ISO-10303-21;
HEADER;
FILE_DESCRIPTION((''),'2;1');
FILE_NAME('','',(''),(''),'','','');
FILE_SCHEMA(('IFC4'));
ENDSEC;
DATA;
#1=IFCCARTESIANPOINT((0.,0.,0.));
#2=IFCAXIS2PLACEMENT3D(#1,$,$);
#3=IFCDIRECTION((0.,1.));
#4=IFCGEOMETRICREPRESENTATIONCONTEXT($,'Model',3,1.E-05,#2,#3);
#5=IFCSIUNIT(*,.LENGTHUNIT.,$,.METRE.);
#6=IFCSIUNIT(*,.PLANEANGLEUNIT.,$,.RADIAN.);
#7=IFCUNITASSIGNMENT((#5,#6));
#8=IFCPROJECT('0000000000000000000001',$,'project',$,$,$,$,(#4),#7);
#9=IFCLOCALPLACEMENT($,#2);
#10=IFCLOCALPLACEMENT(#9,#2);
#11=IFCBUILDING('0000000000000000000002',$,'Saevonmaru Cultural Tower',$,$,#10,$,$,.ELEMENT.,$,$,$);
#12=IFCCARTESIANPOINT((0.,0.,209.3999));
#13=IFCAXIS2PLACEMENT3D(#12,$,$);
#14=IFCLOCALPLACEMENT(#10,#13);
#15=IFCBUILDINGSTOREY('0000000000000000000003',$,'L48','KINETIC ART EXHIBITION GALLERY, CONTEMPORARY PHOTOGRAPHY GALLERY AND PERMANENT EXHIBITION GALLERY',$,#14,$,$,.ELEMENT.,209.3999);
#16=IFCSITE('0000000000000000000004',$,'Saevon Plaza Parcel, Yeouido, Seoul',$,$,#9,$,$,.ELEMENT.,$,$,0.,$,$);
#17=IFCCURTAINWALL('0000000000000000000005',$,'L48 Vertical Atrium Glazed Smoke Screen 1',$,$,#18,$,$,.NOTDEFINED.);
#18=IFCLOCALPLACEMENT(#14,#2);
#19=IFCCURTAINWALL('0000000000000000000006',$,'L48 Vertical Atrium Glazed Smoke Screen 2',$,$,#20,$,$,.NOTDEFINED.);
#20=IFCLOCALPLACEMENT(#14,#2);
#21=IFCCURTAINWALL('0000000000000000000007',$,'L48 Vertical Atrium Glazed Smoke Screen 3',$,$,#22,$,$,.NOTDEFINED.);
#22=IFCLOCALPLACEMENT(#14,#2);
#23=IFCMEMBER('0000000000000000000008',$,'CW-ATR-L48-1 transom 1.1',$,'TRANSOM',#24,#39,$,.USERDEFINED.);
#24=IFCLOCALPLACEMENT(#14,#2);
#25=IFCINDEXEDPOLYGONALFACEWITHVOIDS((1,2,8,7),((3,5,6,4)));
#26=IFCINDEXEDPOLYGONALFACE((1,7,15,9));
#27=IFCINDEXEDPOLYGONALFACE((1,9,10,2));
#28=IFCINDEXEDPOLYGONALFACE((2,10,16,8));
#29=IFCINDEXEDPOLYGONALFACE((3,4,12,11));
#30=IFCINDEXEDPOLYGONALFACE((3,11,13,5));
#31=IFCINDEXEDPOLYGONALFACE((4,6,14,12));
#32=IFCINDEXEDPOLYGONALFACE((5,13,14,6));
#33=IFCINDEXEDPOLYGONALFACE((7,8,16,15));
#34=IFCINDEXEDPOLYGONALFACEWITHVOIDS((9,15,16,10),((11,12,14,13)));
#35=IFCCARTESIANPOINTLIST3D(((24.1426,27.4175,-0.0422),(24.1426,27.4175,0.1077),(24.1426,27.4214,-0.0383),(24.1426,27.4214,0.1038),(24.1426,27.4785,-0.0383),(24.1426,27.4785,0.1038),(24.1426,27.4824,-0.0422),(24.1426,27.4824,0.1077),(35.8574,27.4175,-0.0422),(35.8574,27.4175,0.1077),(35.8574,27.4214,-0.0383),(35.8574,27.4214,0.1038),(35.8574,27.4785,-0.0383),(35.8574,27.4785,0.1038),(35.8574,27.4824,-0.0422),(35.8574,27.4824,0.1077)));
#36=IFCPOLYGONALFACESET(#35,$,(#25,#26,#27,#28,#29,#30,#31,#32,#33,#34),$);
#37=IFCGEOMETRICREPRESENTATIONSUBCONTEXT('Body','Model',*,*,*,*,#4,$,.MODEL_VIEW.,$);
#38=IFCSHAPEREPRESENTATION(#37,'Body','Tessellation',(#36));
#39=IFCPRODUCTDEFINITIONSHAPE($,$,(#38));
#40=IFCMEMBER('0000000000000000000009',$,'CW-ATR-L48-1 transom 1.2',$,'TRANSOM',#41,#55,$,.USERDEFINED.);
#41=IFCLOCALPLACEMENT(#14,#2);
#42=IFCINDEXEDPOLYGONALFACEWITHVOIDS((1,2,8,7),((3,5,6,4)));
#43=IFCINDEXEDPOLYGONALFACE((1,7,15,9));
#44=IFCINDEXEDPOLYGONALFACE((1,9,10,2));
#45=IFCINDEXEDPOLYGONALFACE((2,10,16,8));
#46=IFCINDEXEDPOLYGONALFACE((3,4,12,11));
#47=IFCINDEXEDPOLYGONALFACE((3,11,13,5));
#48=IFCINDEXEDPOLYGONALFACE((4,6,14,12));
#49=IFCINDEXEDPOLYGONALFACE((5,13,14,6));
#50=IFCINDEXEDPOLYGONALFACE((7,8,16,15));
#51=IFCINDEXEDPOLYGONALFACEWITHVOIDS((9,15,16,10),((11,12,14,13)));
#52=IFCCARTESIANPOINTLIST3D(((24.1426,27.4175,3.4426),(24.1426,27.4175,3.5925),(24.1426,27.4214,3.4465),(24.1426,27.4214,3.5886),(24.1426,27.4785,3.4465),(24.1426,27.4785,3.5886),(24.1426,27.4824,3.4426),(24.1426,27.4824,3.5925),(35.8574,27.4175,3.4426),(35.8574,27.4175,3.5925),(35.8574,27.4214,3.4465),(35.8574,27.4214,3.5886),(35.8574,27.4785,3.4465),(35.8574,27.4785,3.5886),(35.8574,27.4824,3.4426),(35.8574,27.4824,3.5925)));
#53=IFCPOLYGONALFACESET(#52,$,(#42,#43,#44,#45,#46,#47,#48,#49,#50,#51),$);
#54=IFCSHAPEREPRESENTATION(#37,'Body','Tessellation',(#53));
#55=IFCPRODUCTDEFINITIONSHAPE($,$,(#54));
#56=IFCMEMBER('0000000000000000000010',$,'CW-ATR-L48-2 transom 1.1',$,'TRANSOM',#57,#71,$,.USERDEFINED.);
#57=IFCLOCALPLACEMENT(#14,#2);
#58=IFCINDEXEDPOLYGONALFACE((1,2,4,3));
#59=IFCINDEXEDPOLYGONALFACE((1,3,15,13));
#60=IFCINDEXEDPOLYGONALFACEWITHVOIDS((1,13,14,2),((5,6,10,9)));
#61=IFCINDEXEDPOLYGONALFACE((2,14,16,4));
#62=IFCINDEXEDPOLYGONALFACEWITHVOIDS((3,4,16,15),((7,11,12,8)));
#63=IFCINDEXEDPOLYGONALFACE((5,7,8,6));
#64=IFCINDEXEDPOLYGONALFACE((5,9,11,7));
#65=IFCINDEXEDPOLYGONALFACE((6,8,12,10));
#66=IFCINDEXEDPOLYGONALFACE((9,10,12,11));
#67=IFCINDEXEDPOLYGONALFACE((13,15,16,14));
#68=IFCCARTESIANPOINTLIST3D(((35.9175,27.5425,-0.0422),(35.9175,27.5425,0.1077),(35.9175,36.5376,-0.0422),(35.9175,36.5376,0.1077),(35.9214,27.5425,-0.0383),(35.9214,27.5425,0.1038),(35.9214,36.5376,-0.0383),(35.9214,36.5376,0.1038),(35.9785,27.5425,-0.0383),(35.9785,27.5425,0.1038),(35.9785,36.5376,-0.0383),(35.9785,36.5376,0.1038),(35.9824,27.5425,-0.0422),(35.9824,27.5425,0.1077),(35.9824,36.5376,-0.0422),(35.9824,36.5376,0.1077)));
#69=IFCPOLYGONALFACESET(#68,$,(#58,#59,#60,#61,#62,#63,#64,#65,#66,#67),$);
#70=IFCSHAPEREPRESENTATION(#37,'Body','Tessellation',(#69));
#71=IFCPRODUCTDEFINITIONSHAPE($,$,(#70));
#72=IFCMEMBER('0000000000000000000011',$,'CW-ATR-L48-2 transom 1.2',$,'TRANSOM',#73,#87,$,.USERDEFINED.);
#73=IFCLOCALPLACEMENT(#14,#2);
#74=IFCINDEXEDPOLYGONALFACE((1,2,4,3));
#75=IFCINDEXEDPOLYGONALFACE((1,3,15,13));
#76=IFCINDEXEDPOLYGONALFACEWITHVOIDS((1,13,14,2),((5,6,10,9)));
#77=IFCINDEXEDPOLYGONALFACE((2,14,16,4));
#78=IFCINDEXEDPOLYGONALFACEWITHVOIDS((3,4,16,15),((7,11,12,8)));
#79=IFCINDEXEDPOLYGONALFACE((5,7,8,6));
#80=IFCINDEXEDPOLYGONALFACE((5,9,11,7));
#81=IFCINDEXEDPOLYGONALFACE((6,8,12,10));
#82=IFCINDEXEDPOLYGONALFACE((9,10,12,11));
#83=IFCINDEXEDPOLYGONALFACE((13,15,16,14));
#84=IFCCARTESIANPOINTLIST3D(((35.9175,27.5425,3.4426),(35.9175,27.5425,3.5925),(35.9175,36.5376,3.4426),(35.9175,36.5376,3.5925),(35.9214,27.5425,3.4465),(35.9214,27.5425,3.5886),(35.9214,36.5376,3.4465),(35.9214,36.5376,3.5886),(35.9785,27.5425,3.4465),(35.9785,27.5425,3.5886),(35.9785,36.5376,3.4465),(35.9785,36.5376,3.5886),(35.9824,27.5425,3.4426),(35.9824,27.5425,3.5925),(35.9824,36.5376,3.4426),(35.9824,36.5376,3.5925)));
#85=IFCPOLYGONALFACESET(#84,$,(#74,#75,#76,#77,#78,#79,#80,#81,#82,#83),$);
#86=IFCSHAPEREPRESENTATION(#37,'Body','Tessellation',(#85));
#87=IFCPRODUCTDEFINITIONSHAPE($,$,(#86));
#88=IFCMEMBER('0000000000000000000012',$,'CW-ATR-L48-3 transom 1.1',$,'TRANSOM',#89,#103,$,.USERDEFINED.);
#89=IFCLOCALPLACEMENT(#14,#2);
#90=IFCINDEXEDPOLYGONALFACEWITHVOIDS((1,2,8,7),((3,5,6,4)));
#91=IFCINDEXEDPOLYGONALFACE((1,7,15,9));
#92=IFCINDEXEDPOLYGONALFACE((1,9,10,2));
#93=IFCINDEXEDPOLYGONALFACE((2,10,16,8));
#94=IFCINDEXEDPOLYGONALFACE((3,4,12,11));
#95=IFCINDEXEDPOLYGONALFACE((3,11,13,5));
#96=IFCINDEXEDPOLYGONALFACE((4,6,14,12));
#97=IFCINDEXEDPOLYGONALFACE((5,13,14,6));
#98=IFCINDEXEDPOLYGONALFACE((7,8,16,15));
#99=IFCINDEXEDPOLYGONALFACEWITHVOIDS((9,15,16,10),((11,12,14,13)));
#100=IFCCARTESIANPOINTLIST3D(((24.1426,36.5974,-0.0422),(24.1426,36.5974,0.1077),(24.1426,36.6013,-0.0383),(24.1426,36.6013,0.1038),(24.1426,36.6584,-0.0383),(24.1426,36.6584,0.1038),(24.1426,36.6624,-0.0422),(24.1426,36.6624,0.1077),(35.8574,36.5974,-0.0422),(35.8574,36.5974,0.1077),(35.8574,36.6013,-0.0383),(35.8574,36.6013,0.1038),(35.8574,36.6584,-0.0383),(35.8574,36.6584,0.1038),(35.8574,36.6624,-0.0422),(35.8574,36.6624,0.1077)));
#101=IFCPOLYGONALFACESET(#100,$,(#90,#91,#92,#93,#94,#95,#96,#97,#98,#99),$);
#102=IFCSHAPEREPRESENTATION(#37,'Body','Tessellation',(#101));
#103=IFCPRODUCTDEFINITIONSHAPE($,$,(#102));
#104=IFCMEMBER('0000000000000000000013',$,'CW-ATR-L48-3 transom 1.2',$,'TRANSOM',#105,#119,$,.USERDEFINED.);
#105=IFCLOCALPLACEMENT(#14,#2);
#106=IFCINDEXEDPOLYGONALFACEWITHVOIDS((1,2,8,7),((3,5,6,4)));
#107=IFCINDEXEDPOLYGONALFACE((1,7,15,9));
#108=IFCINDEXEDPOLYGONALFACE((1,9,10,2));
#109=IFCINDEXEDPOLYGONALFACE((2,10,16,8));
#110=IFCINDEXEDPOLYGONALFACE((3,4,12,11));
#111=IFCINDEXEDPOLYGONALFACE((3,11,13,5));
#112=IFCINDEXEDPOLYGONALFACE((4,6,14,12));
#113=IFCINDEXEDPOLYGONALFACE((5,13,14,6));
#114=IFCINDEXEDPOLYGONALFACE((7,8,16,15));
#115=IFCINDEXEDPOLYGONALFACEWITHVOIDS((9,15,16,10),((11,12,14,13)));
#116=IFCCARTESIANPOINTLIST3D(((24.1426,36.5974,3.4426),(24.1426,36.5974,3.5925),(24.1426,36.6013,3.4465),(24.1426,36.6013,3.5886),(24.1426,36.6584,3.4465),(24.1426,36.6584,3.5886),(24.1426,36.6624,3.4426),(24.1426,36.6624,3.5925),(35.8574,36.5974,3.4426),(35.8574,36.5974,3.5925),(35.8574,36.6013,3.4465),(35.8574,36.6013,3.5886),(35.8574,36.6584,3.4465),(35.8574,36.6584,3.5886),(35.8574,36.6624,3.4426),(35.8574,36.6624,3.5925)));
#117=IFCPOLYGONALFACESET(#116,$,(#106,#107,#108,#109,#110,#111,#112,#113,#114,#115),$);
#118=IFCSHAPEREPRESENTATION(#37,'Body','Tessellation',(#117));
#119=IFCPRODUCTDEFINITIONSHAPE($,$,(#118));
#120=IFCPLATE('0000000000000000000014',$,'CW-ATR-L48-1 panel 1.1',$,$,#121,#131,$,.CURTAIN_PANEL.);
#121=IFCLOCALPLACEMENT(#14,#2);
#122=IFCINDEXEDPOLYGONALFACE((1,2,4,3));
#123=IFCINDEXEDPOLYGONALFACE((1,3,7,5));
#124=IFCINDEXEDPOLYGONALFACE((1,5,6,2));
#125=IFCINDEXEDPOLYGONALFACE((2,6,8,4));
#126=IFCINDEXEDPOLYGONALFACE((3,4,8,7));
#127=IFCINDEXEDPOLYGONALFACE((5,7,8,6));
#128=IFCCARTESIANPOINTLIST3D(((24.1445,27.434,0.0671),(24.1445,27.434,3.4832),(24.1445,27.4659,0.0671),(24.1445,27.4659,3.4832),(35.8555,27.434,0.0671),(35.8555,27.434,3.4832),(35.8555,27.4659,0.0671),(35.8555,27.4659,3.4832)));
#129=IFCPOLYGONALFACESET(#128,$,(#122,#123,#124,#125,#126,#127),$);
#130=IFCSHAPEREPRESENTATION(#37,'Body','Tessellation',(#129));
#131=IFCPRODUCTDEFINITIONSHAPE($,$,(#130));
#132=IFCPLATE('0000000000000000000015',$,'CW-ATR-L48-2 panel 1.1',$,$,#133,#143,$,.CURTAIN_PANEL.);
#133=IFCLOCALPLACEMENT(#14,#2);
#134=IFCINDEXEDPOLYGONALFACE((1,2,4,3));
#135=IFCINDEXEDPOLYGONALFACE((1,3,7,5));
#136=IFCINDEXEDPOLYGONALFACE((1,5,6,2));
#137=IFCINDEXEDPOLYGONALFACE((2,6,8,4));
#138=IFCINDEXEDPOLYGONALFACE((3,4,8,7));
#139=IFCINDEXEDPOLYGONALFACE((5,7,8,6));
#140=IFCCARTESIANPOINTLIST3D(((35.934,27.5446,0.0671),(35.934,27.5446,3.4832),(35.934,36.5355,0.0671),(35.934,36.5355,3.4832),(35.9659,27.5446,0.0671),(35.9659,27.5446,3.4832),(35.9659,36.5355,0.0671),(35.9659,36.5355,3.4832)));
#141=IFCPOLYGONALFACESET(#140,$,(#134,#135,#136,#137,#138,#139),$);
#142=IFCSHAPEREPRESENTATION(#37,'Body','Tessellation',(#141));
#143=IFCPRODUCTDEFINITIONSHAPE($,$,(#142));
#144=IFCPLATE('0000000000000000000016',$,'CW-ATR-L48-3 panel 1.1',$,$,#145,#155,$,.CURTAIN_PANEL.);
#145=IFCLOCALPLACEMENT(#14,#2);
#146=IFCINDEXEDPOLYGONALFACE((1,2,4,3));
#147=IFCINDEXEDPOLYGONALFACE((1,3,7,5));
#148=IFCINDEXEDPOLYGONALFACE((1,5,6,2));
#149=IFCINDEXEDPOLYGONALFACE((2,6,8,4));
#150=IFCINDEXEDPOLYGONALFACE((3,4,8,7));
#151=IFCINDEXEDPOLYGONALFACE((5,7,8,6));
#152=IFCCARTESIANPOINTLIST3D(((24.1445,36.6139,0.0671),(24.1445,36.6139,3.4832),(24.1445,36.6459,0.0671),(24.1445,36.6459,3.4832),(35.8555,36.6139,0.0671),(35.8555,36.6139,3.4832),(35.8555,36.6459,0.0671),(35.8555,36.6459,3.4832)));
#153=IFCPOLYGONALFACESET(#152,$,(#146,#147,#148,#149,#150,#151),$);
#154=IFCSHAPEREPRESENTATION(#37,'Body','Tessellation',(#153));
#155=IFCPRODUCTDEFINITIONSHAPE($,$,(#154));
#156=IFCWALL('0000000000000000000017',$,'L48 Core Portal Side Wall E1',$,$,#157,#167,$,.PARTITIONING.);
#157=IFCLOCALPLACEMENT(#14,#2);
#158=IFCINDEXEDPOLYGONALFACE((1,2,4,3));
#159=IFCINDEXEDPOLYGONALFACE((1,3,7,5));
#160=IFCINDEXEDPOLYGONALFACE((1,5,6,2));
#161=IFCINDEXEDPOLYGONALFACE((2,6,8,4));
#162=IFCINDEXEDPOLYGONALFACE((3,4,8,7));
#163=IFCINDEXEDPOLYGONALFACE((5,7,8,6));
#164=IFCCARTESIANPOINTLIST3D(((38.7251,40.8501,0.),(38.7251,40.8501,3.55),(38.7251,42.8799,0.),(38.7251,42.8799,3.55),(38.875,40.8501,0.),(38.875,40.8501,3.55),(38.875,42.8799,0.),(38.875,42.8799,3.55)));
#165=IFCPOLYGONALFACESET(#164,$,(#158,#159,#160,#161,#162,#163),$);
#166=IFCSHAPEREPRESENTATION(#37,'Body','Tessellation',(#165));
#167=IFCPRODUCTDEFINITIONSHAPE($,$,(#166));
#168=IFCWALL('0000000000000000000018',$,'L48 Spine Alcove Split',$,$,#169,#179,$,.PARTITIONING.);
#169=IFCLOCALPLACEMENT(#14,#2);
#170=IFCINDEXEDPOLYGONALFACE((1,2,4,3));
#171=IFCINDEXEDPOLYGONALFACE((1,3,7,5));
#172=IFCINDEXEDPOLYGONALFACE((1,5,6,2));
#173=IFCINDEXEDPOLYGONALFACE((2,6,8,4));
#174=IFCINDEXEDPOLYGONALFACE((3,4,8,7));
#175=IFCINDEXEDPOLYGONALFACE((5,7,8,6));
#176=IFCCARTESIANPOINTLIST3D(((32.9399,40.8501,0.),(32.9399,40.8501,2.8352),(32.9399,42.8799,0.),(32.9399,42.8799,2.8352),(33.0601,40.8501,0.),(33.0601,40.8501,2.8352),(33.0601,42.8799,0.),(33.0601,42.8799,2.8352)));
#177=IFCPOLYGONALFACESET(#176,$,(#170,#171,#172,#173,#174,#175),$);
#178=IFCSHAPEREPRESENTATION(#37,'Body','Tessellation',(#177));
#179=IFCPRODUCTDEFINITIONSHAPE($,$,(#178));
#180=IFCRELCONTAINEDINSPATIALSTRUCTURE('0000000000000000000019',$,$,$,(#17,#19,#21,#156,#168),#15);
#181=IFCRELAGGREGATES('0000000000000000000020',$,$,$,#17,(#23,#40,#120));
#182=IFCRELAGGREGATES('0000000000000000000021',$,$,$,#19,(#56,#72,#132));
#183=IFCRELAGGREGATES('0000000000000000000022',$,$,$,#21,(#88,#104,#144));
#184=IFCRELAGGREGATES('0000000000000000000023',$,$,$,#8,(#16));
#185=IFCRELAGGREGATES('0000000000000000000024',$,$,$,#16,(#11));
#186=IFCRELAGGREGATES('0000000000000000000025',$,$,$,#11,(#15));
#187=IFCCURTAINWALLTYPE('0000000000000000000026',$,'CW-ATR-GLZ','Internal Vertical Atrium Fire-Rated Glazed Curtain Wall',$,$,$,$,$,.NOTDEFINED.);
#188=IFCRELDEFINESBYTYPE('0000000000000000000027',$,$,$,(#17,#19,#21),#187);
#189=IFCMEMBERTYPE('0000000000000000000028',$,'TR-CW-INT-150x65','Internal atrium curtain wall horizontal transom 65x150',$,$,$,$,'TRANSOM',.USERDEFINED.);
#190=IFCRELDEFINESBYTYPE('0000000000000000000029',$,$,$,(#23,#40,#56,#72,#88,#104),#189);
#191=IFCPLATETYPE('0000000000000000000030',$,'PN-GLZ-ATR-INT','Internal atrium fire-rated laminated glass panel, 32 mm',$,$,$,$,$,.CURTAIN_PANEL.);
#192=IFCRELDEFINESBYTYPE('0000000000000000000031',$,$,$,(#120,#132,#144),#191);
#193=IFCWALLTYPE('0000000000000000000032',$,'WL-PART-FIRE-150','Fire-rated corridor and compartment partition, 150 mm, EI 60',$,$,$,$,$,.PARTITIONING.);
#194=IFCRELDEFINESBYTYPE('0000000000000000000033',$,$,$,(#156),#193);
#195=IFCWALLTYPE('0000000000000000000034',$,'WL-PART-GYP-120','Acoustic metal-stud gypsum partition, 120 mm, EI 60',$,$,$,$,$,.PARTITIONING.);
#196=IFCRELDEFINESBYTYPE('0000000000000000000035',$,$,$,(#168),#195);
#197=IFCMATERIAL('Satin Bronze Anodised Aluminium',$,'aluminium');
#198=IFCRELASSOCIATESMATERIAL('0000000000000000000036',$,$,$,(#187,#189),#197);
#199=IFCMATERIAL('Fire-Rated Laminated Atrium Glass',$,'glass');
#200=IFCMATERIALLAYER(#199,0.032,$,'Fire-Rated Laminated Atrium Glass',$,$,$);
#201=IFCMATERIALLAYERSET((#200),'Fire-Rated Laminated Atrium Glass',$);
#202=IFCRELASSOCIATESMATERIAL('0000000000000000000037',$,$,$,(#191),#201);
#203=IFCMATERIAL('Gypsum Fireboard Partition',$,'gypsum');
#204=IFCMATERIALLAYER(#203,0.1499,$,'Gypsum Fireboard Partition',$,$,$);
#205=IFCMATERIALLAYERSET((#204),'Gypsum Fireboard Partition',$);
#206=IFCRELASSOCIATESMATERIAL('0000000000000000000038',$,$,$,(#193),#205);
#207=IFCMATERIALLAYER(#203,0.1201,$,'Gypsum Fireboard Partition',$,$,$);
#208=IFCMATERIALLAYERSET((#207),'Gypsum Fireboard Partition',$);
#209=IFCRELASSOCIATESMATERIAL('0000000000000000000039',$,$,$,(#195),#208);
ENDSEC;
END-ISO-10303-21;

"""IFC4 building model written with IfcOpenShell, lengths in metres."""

from ifc_helpers import new_model, si_unit, direction, frame, frame_2d, origin, origin_2d, place, context, subcontext, project, spatial, rectangle, hollow_rectangle, extrude, material, layer, layer_set, material_profile, profile_set, type_object, element, aggregate, save


model = new_model("IFC4")

# Units and contexts
model_context = context("Model", 3, precision=1e-05, world=origin(), true_north=direction((0.0, 1.0)))
body_context = subcontext(model_context, "Body", "Model", "MODEL_VIEW")
ifc_project = project(units=[si_unit("LENGTHUNIT", "METRE"), si_unit("PLANEANGLEUNIT", "RADIAN")], contexts=[model_context])

# Site, building, storey
site_placement = place(None, origin())
site = spatial("IfcSite", under=ifc_project, at=site_placement, Name="Saevon Plaza Parcel, Yeouido, Seoul", CompositionType="ELEMENT", RefElevation=0.0)
building_placement = place(site_placement, origin())
building = spatial("IfcBuilding", under=site, at=building_placement, Name="Saevonmaru Cultural Tower", CompositionType="ELEMENT")
storey_placement = place(building_placement, frame((0.0, 0.0, 209.3999)))
storey = spatial("IfcBuildingStorey", under=building, at=storey_placement, Name="L48", Description="KINETIC ART EXHIBITION GALLERY, CONTEMPORARY PHOTOGRAPHY GALLERY AND PERMANENT EXHIBITION GALLERY", CompositionType="ELEMENT", Elevation=209.3999)

# Curtain wall
ifc_material_1 = material(Name="Satin Bronze Anodised Aluminium", Category="aluminium")
curtain_wall_type_1 = type_object("IfcCurtainWallType", Name="CW-ATR-GLZ", Description="Internal Vertical Atrium Fire-Rated Glazed Curtain Wall", PredefinedType="NOTDEFINED", material=ifc_material_1)
curtain_wall_1_placement = place(storey_placement, origin())
curtain_wall_1 = element("IfcCurtainWall", 1, at=curtain_wall_1_placement, inside=storey, type_object=curtain_wall_type_1, Name="L48 Vertical Atrium Glazed Smoke Screen 1", PredefinedType="NOTDEFINED")

# Curtain walls
curtain_wall_2_placement = place(storey_placement, origin())
curtain_wall_2 = element("IfcCurtainWall", 2, at=curtain_wall_2_placement, inside=storey, type_object=curtain_wall_type_1, Name="L48 Vertical Atrium Glazed Smoke Screen 2", PredefinedType="NOTDEFINED")
curtain_wall_3_placement = place(storey_placement, origin())
curtain_wall_3 = element("IfcCurtainWall", 3, at=curtain_wall_3_placement, inside=storey, type_object=curtain_wall_type_1, Name="L48 Vertical Atrium Glazed Smoke Screen 3", PredefinedType="NOTDEFINED")

# Members
ifc_material_profile_1 = material_profile(ifc_material_1, hollow_rectangle(XDim=0.0649, YDim=0.1499, WallThickness=0.0039, at=origin_2d()), Name="ALU-TRAN-150x65x4")
ifc_profile_set_1 = profile_set([ifc_material_profile_1], Name="Satin Bronze Anodised Aluminium")
member_type_1 = type_object("IfcMemberType", Name="TR-CW-INT-150x65", Description="Internal atrium curtain wall horizontal transom 65x150", ElementType="TRANSOM", PredefinedType="USERDEFINED", material=ifc_profile_set_1)
member_1_placement = place(storey_placement, frame((24.1426, 27.45, 0.0327), z_axis=(1.0, 0.0, 0.0), x_axis=(0.0, 1.0, 0.0)))
member_1 = element("IfcMember", 4, at=member_1_placement, type_object=member_type_1, Name="CW-ATR-L48-1 transom 1.1", ObjectType="TRANSOM", PredefinedType="USERDEFINED", context=body_context, shape_type="SweptSolid", body=[
    extrude(hollow_rectangle(XDim=0.0649, YDim=0.1499, WallThickness=0.0039, at=origin_2d()), origin(), (0.0, 0.0, 1.0), 11.7148),
])
member_2_placement = place(storey_placement, frame((24.1426, 27.45, 3.5176), z_axis=(1.0, 0.0, 0.0), x_axis=(0.0, 1.0, 0.0)))
member_2 = element("IfcMember", 5, at=member_2_placement, type_object=member_type_1, Name="CW-ATR-L48-1 transom 1.2", ObjectType="TRANSOM", PredefinedType="USERDEFINED", context=body_context, shape_type="SweptSolid", body=[
    extrude(hollow_rectangle(XDim=0.0649, YDim=0.1499, WallThickness=0.0039, at=origin_2d()), origin(), (0.0, 0.0, 1.0), 11.7148),
])
member_3_placement = place(storey_placement, frame((35.95, 27.5425, 0.0327), z_axis=(0.0, 1.0, 0.0), x_axis=(-1.0, 0.0, 0.0)))
member_3 = element("IfcMember", 6, at=member_3_placement, type_object=member_type_1, Name="CW-ATR-L48-2 transom 1.1", ObjectType="TRANSOM", PredefinedType="USERDEFINED", context=body_context, shape_type="SweptSolid", body=[
    extrude(hollow_rectangle(XDim=0.0649, YDim=0.1499, WallThickness=0.0039, at=origin_2d()), origin(), (0.0, 0.0, 1.0), 8.9951),
])
member_4_placement = place(storey_placement, frame((35.95, 27.5425, 3.5176), z_axis=(0.0, 1.0, 0.0), x_axis=(-1.0, 0.0, 0.0)))
member_4 = element("IfcMember", 7, at=member_4_placement, type_object=member_type_1, Name="CW-ATR-L48-2 transom 1.2", ObjectType="TRANSOM", PredefinedType="USERDEFINED", context=body_context, shape_type="SweptSolid", body=[
    extrude(hollow_rectangle(XDim=0.0649, YDim=0.1499, WallThickness=0.0039, at=origin_2d()), origin(), (0.0, 0.0, 1.0), 8.9951),
])
member_5_placement = place(storey_placement, frame((35.8574, 36.6299, 0.0327), z_axis=(-1.0, 0.0, 0.0), x_axis=(0.0, -1.0, 0.0)))
member_5 = element("IfcMember", 8, at=member_5_placement, type_object=member_type_1, Name="CW-ATR-L48-3 transom 1.1", ObjectType="TRANSOM", PredefinedType="USERDEFINED", context=body_context, shape_type="SweptSolid", body=[
    extrude(hollow_rectangle(XDim=0.0649, YDim=0.1499, WallThickness=0.0039, at=origin_2d()), origin(), (0.0, 0.0, 1.0), 11.7148),
])
member_6_placement = place(storey_placement, frame((35.8574, 36.6299, 3.5176), z_axis=(-1.0, 0.0, 0.0), x_axis=(0.0, -1.0, 0.0)))
member_6 = element("IfcMember", 9, at=member_6_placement, type_object=member_type_1, Name="CW-ATR-L48-3 transom 1.2", ObjectType="TRANSOM", PredefinedType="USERDEFINED", context=body_context, shape_type="SweptSolid", body=[
    extrude(hollow_rectangle(XDim=0.0649, YDim=0.1499, WallThickness=0.0039, at=origin_2d()), origin(), (0.0, 0.0, 1.0), 11.7148),
])

# Plates
ifc_material_2 = material(Name="Fire-Rated Laminated Atrium Glass", Category="glass")
ifc_layer_1 = layer(ifc_material_2, 0.032, Name="Fire-Rated Laminated Atrium Glass")
ifc_layer_set_1 = layer_set([ifc_layer_1], Name="Fire-Rated Laminated Atrium Glass")
plate_type = type_object("IfcPlateType", Name="PN-GLZ-ATR-INT", Description="Internal atrium fire-rated laminated glass panel, 32 mm", PredefinedType="CURTAIN_PANEL", material=ifc_layer_set_1)
plate_1_placement = place(storey_placement, frame((30.0, 27.45, 0.0671), z_axis=(0.0, 0.0, 1.0), x_axis=(1.0, 0.0, 0.0)))
plate_1 = element("IfcPlate", 10, at=plate_1_placement, type_object=plate_type, Name="CW-ATR-L48-1 panel 1.1", PredefinedType="CURTAIN_PANEL", context=body_context, shape_type="SweptSolid", body=[
    extrude(rectangle(XDim=11.7109, YDim=0.032, at=origin_2d()), origin(), (0.0, 0.0, 1.0), 3.416),
])
aggregate(curtain_wall_1, [member_1, member_2, plate_1])
plate_2_placement = place(storey_placement, frame((35.95, 32.04, 0.0671), z_axis=(0.0, 0.0, 1.0), x_axis=(0.0, 1.0, 0.0)))
plate_2 = element("IfcPlate", 11, at=plate_2_placement, type_object=plate_type, Name="CW-ATR-L48-2 panel 1.1", PredefinedType="CURTAIN_PANEL", context=body_context, shape_type="SweptSolid", body=[
    extrude(rectangle(XDim=8.991, YDim=0.032, at=origin_2d()), origin(), (0.0, 0.0, 1.0), 3.416),
])
aggregate(curtain_wall_2, [member_3, member_4, plate_2])
plate_3_placement = place(storey_placement, frame((30.0, 36.6299, 0.0671), z_axis=(0.0, 0.0, 1.0), x_axis=(-1.0, 0.0, 0.0)))
plate_3 = element("IfcPlate", 12, at=plate_3_placement, type_object=plate_type, Name="CW-ATR-L48-3 panel 1.1", PredefinedType="CURTAIN_PANEL", context=body_context, shape_type="SweptSolid", body=[
    extrude(rectangle(XDim=11.7109, YDim=0.032, at=origin_2d()), origin(), (0.0, 0.0, 1.0), 3.416),
])
aggregate(curtain_wall_3, [member_5, member_6, plate_3])

# Wall
ifc_material_3 = material(Name="Gypsum Fireboard Partition", Category="gypsum")
ifc_layer_2 = layer(ifc_material_3, 0.1499, Name="Gypsum Fireboard Partition")
ifc_layer_set_2 = layer_set([ifc_layer_2], Name="Gypsum Fireboard Partition")
wall_type_1 = type_object("IfcWallType", Name="WL-PART-FIRE-150", Description="Fire-rated corridor and compartment partition, 150 mm, EI 60", PredefinedType="PARTITIONING", material=ifc_layer_set_2)
wall_1_placement = place(storey_placement, frame((38.8, 40.8501, 0.0), z_axis=(0.0, 0.0, 1.0), x_axis=(0.0, 1.0, 0.0)))
element("IfcWall", 13, at=wall_1_placement, inside=storey, type_object=wall_type_1, Name="L48 Core Portal Side Wall E1", PredefinedType="PARTITIONING", context=body_context, shape_type="SweptSolid", body=[
    extrude(rectangle(XDim=2.0298, YDim=0.1499, at=frame_2d((1.0149, 0.0))), origin(), (0.0, 0.0, 1.0), 3.55),
])

# Wall
ifc_layer_3 = layer(ifc_material_3, 0.1201, Name="Gypsum Fireboard Partition")
ifc_layer_set_3 = layer_set([ifc_layer_3], Name="Gypsum Fireboard Partition")
wall_type_2 = type_object("IfcWallType", Name="WL-PART-GYP-120", Description="Acoustic metal-stud gypsum partition, 120 mm, EI 60", PredefinedType="PARTITIONING", material=ifc_layer_set_3)
wall_2_placement = place(storey_placement, frame((33.0, 40.8501, 0.0), z_axis=(0.0, 0.0, 1.0), x_axis=(0.0, 1.0, 0.0)))
element("IfcWall", 14, at=wall_2_placement, inside=storey, type_object=wall_type_2, Name="L48 Spine Alcove Split", PredefinedType="PARTITIONING", context=body_context, shape_type="SweptSolid", body=[
    extrude(rectangle(XDim=2.0298, YDim=0.1201, at=frame_2d((1.0149, 0.0))), origin(), (0.0, 0.0, 1.0), 2.8352),
])

save(model, "model.ifc")
